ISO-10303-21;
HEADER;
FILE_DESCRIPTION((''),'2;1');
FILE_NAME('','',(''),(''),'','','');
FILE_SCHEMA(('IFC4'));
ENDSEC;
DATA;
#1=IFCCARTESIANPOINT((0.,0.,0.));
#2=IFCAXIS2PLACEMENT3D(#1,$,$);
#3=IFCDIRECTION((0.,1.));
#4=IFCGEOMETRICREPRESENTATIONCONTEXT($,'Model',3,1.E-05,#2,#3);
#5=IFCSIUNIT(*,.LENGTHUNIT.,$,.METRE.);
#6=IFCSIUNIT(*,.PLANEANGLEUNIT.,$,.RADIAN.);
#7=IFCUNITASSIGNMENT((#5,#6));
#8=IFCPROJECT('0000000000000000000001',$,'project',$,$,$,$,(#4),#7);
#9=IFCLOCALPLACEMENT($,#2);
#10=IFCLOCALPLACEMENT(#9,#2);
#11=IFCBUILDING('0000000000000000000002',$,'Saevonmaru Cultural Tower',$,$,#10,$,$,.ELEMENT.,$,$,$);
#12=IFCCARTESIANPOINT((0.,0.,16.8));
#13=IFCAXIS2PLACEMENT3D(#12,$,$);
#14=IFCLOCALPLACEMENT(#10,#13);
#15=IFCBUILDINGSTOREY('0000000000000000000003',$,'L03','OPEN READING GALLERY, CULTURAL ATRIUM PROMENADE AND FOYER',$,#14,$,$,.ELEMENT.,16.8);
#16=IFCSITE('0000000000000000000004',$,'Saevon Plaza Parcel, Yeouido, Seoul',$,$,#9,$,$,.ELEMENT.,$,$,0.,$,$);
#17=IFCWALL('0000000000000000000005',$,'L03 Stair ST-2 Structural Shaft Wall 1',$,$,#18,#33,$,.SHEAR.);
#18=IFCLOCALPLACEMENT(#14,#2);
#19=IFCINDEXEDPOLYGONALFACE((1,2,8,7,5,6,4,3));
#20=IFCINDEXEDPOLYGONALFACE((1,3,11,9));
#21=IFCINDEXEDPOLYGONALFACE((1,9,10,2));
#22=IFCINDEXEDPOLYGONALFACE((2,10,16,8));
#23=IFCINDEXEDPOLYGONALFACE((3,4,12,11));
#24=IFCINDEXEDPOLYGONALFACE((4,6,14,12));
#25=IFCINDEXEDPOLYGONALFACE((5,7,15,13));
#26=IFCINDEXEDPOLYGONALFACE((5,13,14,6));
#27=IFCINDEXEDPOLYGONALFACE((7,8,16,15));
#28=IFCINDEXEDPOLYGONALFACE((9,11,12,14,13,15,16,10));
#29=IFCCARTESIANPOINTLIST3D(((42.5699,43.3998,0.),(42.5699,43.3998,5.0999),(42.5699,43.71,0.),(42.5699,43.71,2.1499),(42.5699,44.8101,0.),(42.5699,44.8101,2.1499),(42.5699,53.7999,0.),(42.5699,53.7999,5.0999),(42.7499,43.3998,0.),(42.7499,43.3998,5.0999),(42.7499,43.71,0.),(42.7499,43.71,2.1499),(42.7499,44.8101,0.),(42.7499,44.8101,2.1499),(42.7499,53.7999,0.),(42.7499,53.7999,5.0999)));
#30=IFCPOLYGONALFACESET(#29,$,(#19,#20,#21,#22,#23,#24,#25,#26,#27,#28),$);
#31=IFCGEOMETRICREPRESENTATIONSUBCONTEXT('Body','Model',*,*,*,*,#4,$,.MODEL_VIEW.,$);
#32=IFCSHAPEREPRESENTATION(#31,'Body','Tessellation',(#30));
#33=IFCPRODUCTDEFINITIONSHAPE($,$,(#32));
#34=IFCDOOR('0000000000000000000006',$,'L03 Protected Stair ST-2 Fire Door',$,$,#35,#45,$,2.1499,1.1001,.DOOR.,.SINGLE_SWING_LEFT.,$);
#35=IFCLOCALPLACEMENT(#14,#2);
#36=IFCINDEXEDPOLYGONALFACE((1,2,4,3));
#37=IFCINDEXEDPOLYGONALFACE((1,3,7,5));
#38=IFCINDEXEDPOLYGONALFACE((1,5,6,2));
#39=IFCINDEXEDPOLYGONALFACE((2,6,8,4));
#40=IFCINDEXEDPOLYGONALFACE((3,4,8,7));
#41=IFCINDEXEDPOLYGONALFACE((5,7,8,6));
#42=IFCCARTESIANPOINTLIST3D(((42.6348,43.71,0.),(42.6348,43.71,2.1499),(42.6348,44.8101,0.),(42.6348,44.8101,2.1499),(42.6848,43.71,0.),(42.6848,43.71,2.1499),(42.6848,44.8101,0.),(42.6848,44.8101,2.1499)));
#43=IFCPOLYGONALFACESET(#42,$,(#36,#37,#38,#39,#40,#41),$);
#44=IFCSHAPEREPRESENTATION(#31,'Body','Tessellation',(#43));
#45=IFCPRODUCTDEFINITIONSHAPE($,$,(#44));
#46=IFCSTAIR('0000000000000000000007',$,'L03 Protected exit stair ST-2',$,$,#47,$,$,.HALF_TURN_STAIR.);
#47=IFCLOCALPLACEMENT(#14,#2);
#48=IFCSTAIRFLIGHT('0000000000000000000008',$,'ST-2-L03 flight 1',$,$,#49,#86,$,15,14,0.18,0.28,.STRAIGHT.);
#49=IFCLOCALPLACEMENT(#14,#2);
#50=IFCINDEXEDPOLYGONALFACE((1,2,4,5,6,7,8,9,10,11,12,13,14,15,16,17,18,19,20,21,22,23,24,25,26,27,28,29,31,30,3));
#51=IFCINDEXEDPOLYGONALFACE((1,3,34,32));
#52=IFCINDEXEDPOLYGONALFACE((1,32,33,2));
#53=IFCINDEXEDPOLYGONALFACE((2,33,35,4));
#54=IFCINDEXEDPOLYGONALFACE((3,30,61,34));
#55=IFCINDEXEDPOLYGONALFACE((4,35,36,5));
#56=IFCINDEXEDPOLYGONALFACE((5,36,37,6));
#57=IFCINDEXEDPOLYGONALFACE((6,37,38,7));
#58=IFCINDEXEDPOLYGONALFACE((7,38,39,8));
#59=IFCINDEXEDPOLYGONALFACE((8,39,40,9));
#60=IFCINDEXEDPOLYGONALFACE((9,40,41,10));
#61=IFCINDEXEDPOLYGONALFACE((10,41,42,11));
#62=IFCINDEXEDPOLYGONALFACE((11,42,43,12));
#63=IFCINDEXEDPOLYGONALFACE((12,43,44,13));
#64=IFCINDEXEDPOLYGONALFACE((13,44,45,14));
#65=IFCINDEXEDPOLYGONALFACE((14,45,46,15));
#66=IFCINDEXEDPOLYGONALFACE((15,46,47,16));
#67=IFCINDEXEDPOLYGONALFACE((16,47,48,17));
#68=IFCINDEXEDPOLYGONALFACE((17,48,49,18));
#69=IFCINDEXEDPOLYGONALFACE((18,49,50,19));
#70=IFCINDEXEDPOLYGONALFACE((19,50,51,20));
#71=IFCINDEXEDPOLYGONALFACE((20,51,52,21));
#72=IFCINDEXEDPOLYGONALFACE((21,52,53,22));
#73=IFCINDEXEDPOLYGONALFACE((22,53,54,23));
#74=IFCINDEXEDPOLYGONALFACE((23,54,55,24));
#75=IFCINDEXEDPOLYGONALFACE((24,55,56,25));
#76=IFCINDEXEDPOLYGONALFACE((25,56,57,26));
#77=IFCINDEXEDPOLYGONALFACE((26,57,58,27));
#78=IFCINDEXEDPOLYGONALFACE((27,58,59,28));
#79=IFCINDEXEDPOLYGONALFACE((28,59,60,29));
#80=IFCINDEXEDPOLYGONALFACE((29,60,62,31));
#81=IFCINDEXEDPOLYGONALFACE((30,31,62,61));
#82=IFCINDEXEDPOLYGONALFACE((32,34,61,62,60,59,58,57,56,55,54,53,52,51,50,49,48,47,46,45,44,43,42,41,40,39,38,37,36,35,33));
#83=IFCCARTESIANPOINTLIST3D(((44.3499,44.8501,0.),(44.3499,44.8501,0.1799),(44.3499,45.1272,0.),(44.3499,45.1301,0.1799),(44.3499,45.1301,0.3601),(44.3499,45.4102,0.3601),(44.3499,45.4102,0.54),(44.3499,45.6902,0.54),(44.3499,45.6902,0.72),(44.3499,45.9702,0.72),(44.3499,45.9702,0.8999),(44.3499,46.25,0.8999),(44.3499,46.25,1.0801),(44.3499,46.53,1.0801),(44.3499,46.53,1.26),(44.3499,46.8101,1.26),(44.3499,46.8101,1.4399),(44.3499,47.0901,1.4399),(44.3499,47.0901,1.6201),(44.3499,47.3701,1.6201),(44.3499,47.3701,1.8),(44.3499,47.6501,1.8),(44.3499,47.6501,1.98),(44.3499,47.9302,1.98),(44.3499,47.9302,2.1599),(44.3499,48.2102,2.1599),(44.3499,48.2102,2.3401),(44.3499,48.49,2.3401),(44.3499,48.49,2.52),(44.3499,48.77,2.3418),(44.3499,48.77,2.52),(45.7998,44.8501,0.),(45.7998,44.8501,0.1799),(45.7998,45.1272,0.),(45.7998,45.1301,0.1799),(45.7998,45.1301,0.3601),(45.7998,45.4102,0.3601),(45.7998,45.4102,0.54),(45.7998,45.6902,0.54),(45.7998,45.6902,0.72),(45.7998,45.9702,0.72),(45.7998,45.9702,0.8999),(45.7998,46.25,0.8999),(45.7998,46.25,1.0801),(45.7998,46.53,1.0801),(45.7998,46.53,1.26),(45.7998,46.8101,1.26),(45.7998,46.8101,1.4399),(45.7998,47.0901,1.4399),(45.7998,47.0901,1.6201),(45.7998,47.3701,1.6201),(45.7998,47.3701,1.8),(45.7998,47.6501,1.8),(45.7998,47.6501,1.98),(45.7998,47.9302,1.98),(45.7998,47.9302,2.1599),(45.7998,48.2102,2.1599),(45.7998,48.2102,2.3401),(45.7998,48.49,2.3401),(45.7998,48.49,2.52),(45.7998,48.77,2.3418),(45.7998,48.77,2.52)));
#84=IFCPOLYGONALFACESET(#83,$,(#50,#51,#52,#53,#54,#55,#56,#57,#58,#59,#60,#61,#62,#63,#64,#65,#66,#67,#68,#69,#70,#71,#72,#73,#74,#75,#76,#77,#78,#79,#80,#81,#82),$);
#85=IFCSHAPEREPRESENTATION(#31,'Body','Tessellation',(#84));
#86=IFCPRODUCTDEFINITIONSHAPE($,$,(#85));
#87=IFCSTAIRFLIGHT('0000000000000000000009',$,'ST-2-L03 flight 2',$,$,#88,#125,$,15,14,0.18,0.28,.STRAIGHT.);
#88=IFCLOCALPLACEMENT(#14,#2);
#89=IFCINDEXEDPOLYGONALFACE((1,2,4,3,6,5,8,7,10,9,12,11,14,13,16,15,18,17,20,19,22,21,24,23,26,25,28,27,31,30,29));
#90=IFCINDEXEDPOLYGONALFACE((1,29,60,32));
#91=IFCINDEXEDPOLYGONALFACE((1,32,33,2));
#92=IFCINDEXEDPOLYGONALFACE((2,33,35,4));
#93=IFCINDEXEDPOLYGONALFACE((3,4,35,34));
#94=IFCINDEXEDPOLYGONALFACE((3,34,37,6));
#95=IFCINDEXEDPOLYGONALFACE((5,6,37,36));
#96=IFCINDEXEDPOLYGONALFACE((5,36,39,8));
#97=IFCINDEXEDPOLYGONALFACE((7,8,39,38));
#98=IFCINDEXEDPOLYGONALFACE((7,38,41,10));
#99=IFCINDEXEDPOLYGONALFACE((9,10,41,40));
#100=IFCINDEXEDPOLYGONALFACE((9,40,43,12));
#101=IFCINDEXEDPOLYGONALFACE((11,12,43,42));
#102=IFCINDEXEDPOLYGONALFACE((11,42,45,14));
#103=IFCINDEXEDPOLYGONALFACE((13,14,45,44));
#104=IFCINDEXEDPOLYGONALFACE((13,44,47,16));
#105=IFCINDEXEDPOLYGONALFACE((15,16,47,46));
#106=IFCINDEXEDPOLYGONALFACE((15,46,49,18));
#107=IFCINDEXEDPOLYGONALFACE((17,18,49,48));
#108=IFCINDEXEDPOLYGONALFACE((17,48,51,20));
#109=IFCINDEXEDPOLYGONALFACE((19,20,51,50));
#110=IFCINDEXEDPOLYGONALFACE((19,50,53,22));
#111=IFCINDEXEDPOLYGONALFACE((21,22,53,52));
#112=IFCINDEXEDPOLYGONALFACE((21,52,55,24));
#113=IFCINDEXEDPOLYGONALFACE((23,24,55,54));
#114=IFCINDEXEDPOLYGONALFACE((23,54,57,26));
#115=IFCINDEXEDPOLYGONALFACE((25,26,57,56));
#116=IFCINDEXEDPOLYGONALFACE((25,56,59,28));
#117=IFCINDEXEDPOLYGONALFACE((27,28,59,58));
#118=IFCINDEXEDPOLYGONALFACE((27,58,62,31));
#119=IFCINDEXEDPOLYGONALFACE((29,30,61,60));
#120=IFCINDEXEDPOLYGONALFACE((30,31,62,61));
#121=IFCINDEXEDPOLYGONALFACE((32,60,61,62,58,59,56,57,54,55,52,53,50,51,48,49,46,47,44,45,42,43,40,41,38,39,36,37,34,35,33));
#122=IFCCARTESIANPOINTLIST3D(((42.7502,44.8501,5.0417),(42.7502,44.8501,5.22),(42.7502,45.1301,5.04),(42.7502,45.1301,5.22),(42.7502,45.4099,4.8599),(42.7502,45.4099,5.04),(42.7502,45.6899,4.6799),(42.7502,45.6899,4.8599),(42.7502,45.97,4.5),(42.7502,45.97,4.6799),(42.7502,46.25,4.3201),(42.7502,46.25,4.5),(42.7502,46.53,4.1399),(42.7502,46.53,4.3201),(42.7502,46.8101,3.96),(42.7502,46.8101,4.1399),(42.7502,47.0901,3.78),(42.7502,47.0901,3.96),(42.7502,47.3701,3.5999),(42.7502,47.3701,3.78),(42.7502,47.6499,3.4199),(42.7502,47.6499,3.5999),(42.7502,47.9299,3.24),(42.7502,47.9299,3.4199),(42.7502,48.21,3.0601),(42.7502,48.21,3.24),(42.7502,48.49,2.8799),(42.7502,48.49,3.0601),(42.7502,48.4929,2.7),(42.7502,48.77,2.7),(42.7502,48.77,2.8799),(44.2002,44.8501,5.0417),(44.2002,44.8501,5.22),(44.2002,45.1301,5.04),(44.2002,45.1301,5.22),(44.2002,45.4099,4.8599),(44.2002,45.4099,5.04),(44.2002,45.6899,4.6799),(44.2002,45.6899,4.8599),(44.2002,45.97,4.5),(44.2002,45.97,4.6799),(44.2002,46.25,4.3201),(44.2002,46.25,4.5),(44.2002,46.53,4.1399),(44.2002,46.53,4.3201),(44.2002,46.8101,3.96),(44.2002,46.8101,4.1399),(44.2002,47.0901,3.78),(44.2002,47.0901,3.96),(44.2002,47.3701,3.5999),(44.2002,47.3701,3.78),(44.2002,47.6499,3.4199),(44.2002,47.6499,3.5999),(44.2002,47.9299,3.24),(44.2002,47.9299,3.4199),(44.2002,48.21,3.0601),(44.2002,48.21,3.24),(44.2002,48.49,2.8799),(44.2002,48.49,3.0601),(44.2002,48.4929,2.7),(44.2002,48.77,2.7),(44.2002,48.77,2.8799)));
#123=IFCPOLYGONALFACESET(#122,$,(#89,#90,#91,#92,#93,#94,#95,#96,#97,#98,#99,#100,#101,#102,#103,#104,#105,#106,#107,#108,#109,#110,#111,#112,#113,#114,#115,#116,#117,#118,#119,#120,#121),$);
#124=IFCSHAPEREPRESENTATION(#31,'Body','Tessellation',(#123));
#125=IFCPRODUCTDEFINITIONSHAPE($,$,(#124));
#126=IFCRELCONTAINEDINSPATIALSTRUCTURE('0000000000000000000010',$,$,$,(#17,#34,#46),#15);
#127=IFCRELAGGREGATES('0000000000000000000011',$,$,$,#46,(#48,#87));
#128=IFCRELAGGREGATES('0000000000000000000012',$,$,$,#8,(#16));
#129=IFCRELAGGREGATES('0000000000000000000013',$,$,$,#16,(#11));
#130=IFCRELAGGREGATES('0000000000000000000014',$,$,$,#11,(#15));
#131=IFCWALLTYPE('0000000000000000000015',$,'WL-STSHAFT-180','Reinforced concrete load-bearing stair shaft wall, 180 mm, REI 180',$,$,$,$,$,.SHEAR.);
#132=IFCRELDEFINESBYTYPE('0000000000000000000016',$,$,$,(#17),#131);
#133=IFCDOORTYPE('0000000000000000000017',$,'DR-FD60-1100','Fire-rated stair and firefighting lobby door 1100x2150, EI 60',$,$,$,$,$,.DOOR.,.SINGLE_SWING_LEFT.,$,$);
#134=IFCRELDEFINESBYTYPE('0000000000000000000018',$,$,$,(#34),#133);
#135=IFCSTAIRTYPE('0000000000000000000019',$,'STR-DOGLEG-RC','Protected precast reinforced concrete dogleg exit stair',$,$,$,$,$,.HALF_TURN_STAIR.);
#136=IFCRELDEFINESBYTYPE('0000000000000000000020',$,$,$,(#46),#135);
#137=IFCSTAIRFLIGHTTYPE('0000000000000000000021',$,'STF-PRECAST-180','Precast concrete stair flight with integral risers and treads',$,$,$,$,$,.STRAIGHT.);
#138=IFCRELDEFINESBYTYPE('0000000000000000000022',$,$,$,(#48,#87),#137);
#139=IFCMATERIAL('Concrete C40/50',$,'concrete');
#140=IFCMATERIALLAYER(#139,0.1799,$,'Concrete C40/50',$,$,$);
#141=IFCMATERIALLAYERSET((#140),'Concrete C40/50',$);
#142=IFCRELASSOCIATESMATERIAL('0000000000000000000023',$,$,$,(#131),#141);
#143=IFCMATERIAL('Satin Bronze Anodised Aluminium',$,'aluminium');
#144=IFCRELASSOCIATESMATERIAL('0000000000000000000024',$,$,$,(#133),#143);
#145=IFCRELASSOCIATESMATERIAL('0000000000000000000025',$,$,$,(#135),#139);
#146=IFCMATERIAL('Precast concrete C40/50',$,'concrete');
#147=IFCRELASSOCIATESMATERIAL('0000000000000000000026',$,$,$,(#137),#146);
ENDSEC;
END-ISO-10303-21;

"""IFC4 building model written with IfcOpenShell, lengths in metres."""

from ifc_helpers import new_model, si_unit, direction, frame, frame_2d, origin, place, context, subcontext, project, spatial, polyline, rectangle, outline, extrude, material, layer, layer_set, type_object, element, fill, aggregate, save


model = new_model("IFC4")

# Units and contexts
model_context = context("Model", 3, precision=1e-05, world=origin(), true_north=direction((0.0, 1.0)))
body_context = subcontext(model_context, "Body", "Model", "MODEL_VIEW")
ifc_project = project(units=[si_unit("LENGTHUNIT", "METRE"), si_unit("PLANEANGLEUNIT", "RADIAN")], contexts=[model_context])

# Site, building, storey
site_placement = place(None, origin())
site = spatial("IfcSite", under=ifc_project, at=site_placement, Name="Saevon Plaza Parcel, Yeouido, Seoul", CompositionType="ELEMENT", RefElevation=0.0)
building_placement = place(site_placement, origin())
building = spatial("IfcBuilding", under=site, at=building_placement, Name="Saevonmaru Cultural Tower", CompositionType="ELEMENT")
storey_placement = place(building_placement, frame((0.0, 0.0, 16.8)))
storey = spatial("IfcBuildingStorey", under=building, at=storey_placement, Name="L03", Description="OPEN READING GALLERY, CULTURAL ATRIUM PROMENADE AND FOYER", CompositionType="ELEMENT", Elevation=16.8)

# Shared definitions
ifc_material_1 = material(Name="Concrete C40/50", Category="concrete")

# Wall, opening, door
ifc_layer_1 = layer(ifc_material_1, 0.1799, Name="Concrete C40/50")
ifc_layer_set_1 = layer_set([ifc_layer_1], Name="Concrete C40/50")
wall_type_1 = type_object("IfcWallType", Name="WL-STSHAFT-180", Description="Reinforced concrete load-bearing stair shaft wall, 180 mm, REI 180", PredefinedType="SHEAR", material=ifc_layer_set_1)
wall_1_placement = place(storey_placement, frame((42.6599, 53.8, 0.0), z_axis=(0.0, 0.0, 1.0), x_axis=(0.0, -1.0, 0.0)))
wall_1 = element("IfcWall", 1, at=wall_1_placement, inside=storey, type_object=wall_type_1, Name="L03 Stair ST-2 Structural Shaft Wall 1", PredefinedType="SHEAR", context=body_context, shape_type="SweptSolid", body=[
    extrude(rectangle(XDim=10.4001, YDim=0.1799, at=frame_2d((5.2002, 0.0))), origin(), (0.0, 0.0, 1.0), 5.0999),
])
opening_1_placement = place(wall_1_placement, frame((8.99, 0.0, 0.0)))
opening_1 = element("IfcOpeningElement", 2, at=opening_1_placement, cuts=wall_1, PredefinedType="OPENING", context=body_context, shape_type="SweptSolid", body=[
    extrude(rectangle(XDim=1.1001, YDim=2.1499, at=frame_2d((0.55, 1.075))), frame((0.0, 0.1001, 0.0), z_axis=(0.0, -1.0, 0.0), x_axis=(1.0, 0.0, 0.0)), (0.0, 0.0, 1.0), 0.2),
])
ifc_material_2 = material(Name="Satin Bronze Anodised Aluminium", Category="aluminium")
door_type_1 = type_object("IfcDoorType", Name="DR-FD60-1100", Description="Fire-rated stair and firefighting lobby door 1100x2150, EI 60", OperationType="SINGLE_SWING_LEFT", PredefinedType="DOOR", material=ifc_material_2)
door_1_placement = place(opening_1_placement, origin())
door_1 = element("IfcDoor", 3, at=door_1_placement, inside=storey, type_object=door_type_1, Name="L03 Protected Stair ST-2 Fire Door", OperationType="SINGLE_SWING_LEFT", OverallHeight=2.1499, OverallWidth=1.1001, PredefinedType="DOOR", context=body_context, shape_type="SweptSolid", body=[
    extrude(rectangle(XDim=1.1001, YDim=2.1499, at=frame_2d((0.55, 1.075))), frame((0.0, 0.0249, 0.0), z_axis=(0.0, -1.0, 0.0), x_axis=(1.0, 0.0, 0.0)), (0.0, 0.0, 1.0), 0.05),
])
fill(opening_1, door_1)

# Stair, stair flights
stair_type = type_object("IfcStairType", Name="STR-DOGLEG-RC", Description="Protected precast reinforced concrete dogleg exit stair", PredefinedType="HALF_TURN_STAIR", material=ifc_material_1)
stair_placement = place(storey_placement, origin())
stair = element("IfcStair", 4, at=stair_placement, inside=storey, type_object=stair_type, Name="L03 Protected exit stair ST-2", PredefinedType="HALF_TURN_STAIR")
ifc_material_3 = material(Name="Precast concrete C40/50", Category="concrete")
stair_flight_type = type_object("IfcStairFlightType", Name="STF-PRECAST-180", Description="Precast concrete stair flight with integral risers and treads", PredefinedType="STRAIGHT", material=ifc_material_3)
stair_flight_1_placement = place(storey_placement, frame((45.075, 44.8501, 0.0), z_axis=(0.0, 0.0, 1.0), x_axis=(0.0, 1.0, 0.0)))
stair_flight_1 = element("IfcStairFlight", 5, at=stair_flight_1_placement, type_object=stair_flight_type, Name="ST-2-L03 flight 1", NumberOfRisers=15, NumberOfTreads=14, PredefinedType="STRAIGHT", RiserHeight=0.18, TreadLength=0.28, context=body_context, shape_type="SweptSolid", body=[
    extrude(outline(polyline([(0.0, 0.0), (0.0, 0.1799), (0.28, 0.1799), (0.28, 0.3601), (0.5601, 0.3601), (0.5601, 0.54), (0.8401, 0.54), (0.8401, 0.72), (1.1201, 0.72), (1.1201, 0.8999), (1.3999, 0.8999), (1.3999, 1.0801), (1.6799, 1.0801), (1.6799, 1.26), (1.96, 1.26), (1.96, 1.4399), (2.24, 1.4399), (2.24, 1.6201), (2.52, 1.6201), (2.52, 1.8), (2.8, 1.8), (2.8, 1.98), (3.0801, 1.98), (3.0801, 2.1599), (3.3601, 2.1599), (3.3601, 2.3401), (3.6399, 2.3401), (3.6399, 2.52), (3.9199, 2.52), (3.9199, 2.7), (3.9199, 2.3418), (0.2771, 0.0), (0.0, 0.0)])), frame((0.0, 0.7251, 0.0), z_axis=(0.0, -1.0, 0.0), x_axis=(1.0, 0.0, 0.0)), (0.0, 0.0, 1.0), 1.45),
])
stair_flight_2_placement = place(storey_placement, frame((43.4751, 48.77, 2.7), z_axis=(0.0, 0.0, 1.0), x_axis=(0.0, -1.0, 0.0)))
stair_flight_2 = element("IfcStairFlight", 6, at=stair_flight_2_placement, type_object=stair_flight_type, Name="ST-2-L03 flight 2", NumberOfRisers=15, NumberOfTreads=14, PredefinedType="STRAIGHT", RiserHeight=0.18, TreadLength=0.28, context=body_context, shape_type="SweptSolid", body=[
    extrude(outline(polyline([(0.0, 0.0), (0.0, 0.1799), (0.28, 0.1799), (0.28, 0.3601), (0.5601, 0.3601), (0.5601, 0.54), (0.8401, 0.54), (0.8401, 0.72), (1.1201, 0.72), (1.1201, 0.8999), (1.3999, 0.8999), (1.3999, 1.0801), (1.6799, 1.0801), (1.6799, 1.26), (1.96, 1.26), (1.96, 1.4399), (2.24, 1.4399), (2.24, 1.6201), (2.52, 1.6201), (2.52, 1.8), (2.8, 1.8), (2.8, 1.98), (3.0801, 1.98), (3.0801, 2.1599), (3.3601, 2.1599), (3.3601, 2.3401), (3.6399, 2.3401), (3.6399, 2.52), (3.9199, 2.52), (3.9199, 2.7), (3.9199, 2.3418), (0.2771, 0.0), (0.0, 0.0)])), frame((0.0, 0.7251, 0.0), z_axis=(0.0, -1.0, 0.0), x_axis=(1.0, 0.0, 0.0)), (0.0, 0.0, 1.0), 1.45),
])
aggregate(stair, [stair_flight_1, stair_flight_2])

save(model, "model.ifc")
